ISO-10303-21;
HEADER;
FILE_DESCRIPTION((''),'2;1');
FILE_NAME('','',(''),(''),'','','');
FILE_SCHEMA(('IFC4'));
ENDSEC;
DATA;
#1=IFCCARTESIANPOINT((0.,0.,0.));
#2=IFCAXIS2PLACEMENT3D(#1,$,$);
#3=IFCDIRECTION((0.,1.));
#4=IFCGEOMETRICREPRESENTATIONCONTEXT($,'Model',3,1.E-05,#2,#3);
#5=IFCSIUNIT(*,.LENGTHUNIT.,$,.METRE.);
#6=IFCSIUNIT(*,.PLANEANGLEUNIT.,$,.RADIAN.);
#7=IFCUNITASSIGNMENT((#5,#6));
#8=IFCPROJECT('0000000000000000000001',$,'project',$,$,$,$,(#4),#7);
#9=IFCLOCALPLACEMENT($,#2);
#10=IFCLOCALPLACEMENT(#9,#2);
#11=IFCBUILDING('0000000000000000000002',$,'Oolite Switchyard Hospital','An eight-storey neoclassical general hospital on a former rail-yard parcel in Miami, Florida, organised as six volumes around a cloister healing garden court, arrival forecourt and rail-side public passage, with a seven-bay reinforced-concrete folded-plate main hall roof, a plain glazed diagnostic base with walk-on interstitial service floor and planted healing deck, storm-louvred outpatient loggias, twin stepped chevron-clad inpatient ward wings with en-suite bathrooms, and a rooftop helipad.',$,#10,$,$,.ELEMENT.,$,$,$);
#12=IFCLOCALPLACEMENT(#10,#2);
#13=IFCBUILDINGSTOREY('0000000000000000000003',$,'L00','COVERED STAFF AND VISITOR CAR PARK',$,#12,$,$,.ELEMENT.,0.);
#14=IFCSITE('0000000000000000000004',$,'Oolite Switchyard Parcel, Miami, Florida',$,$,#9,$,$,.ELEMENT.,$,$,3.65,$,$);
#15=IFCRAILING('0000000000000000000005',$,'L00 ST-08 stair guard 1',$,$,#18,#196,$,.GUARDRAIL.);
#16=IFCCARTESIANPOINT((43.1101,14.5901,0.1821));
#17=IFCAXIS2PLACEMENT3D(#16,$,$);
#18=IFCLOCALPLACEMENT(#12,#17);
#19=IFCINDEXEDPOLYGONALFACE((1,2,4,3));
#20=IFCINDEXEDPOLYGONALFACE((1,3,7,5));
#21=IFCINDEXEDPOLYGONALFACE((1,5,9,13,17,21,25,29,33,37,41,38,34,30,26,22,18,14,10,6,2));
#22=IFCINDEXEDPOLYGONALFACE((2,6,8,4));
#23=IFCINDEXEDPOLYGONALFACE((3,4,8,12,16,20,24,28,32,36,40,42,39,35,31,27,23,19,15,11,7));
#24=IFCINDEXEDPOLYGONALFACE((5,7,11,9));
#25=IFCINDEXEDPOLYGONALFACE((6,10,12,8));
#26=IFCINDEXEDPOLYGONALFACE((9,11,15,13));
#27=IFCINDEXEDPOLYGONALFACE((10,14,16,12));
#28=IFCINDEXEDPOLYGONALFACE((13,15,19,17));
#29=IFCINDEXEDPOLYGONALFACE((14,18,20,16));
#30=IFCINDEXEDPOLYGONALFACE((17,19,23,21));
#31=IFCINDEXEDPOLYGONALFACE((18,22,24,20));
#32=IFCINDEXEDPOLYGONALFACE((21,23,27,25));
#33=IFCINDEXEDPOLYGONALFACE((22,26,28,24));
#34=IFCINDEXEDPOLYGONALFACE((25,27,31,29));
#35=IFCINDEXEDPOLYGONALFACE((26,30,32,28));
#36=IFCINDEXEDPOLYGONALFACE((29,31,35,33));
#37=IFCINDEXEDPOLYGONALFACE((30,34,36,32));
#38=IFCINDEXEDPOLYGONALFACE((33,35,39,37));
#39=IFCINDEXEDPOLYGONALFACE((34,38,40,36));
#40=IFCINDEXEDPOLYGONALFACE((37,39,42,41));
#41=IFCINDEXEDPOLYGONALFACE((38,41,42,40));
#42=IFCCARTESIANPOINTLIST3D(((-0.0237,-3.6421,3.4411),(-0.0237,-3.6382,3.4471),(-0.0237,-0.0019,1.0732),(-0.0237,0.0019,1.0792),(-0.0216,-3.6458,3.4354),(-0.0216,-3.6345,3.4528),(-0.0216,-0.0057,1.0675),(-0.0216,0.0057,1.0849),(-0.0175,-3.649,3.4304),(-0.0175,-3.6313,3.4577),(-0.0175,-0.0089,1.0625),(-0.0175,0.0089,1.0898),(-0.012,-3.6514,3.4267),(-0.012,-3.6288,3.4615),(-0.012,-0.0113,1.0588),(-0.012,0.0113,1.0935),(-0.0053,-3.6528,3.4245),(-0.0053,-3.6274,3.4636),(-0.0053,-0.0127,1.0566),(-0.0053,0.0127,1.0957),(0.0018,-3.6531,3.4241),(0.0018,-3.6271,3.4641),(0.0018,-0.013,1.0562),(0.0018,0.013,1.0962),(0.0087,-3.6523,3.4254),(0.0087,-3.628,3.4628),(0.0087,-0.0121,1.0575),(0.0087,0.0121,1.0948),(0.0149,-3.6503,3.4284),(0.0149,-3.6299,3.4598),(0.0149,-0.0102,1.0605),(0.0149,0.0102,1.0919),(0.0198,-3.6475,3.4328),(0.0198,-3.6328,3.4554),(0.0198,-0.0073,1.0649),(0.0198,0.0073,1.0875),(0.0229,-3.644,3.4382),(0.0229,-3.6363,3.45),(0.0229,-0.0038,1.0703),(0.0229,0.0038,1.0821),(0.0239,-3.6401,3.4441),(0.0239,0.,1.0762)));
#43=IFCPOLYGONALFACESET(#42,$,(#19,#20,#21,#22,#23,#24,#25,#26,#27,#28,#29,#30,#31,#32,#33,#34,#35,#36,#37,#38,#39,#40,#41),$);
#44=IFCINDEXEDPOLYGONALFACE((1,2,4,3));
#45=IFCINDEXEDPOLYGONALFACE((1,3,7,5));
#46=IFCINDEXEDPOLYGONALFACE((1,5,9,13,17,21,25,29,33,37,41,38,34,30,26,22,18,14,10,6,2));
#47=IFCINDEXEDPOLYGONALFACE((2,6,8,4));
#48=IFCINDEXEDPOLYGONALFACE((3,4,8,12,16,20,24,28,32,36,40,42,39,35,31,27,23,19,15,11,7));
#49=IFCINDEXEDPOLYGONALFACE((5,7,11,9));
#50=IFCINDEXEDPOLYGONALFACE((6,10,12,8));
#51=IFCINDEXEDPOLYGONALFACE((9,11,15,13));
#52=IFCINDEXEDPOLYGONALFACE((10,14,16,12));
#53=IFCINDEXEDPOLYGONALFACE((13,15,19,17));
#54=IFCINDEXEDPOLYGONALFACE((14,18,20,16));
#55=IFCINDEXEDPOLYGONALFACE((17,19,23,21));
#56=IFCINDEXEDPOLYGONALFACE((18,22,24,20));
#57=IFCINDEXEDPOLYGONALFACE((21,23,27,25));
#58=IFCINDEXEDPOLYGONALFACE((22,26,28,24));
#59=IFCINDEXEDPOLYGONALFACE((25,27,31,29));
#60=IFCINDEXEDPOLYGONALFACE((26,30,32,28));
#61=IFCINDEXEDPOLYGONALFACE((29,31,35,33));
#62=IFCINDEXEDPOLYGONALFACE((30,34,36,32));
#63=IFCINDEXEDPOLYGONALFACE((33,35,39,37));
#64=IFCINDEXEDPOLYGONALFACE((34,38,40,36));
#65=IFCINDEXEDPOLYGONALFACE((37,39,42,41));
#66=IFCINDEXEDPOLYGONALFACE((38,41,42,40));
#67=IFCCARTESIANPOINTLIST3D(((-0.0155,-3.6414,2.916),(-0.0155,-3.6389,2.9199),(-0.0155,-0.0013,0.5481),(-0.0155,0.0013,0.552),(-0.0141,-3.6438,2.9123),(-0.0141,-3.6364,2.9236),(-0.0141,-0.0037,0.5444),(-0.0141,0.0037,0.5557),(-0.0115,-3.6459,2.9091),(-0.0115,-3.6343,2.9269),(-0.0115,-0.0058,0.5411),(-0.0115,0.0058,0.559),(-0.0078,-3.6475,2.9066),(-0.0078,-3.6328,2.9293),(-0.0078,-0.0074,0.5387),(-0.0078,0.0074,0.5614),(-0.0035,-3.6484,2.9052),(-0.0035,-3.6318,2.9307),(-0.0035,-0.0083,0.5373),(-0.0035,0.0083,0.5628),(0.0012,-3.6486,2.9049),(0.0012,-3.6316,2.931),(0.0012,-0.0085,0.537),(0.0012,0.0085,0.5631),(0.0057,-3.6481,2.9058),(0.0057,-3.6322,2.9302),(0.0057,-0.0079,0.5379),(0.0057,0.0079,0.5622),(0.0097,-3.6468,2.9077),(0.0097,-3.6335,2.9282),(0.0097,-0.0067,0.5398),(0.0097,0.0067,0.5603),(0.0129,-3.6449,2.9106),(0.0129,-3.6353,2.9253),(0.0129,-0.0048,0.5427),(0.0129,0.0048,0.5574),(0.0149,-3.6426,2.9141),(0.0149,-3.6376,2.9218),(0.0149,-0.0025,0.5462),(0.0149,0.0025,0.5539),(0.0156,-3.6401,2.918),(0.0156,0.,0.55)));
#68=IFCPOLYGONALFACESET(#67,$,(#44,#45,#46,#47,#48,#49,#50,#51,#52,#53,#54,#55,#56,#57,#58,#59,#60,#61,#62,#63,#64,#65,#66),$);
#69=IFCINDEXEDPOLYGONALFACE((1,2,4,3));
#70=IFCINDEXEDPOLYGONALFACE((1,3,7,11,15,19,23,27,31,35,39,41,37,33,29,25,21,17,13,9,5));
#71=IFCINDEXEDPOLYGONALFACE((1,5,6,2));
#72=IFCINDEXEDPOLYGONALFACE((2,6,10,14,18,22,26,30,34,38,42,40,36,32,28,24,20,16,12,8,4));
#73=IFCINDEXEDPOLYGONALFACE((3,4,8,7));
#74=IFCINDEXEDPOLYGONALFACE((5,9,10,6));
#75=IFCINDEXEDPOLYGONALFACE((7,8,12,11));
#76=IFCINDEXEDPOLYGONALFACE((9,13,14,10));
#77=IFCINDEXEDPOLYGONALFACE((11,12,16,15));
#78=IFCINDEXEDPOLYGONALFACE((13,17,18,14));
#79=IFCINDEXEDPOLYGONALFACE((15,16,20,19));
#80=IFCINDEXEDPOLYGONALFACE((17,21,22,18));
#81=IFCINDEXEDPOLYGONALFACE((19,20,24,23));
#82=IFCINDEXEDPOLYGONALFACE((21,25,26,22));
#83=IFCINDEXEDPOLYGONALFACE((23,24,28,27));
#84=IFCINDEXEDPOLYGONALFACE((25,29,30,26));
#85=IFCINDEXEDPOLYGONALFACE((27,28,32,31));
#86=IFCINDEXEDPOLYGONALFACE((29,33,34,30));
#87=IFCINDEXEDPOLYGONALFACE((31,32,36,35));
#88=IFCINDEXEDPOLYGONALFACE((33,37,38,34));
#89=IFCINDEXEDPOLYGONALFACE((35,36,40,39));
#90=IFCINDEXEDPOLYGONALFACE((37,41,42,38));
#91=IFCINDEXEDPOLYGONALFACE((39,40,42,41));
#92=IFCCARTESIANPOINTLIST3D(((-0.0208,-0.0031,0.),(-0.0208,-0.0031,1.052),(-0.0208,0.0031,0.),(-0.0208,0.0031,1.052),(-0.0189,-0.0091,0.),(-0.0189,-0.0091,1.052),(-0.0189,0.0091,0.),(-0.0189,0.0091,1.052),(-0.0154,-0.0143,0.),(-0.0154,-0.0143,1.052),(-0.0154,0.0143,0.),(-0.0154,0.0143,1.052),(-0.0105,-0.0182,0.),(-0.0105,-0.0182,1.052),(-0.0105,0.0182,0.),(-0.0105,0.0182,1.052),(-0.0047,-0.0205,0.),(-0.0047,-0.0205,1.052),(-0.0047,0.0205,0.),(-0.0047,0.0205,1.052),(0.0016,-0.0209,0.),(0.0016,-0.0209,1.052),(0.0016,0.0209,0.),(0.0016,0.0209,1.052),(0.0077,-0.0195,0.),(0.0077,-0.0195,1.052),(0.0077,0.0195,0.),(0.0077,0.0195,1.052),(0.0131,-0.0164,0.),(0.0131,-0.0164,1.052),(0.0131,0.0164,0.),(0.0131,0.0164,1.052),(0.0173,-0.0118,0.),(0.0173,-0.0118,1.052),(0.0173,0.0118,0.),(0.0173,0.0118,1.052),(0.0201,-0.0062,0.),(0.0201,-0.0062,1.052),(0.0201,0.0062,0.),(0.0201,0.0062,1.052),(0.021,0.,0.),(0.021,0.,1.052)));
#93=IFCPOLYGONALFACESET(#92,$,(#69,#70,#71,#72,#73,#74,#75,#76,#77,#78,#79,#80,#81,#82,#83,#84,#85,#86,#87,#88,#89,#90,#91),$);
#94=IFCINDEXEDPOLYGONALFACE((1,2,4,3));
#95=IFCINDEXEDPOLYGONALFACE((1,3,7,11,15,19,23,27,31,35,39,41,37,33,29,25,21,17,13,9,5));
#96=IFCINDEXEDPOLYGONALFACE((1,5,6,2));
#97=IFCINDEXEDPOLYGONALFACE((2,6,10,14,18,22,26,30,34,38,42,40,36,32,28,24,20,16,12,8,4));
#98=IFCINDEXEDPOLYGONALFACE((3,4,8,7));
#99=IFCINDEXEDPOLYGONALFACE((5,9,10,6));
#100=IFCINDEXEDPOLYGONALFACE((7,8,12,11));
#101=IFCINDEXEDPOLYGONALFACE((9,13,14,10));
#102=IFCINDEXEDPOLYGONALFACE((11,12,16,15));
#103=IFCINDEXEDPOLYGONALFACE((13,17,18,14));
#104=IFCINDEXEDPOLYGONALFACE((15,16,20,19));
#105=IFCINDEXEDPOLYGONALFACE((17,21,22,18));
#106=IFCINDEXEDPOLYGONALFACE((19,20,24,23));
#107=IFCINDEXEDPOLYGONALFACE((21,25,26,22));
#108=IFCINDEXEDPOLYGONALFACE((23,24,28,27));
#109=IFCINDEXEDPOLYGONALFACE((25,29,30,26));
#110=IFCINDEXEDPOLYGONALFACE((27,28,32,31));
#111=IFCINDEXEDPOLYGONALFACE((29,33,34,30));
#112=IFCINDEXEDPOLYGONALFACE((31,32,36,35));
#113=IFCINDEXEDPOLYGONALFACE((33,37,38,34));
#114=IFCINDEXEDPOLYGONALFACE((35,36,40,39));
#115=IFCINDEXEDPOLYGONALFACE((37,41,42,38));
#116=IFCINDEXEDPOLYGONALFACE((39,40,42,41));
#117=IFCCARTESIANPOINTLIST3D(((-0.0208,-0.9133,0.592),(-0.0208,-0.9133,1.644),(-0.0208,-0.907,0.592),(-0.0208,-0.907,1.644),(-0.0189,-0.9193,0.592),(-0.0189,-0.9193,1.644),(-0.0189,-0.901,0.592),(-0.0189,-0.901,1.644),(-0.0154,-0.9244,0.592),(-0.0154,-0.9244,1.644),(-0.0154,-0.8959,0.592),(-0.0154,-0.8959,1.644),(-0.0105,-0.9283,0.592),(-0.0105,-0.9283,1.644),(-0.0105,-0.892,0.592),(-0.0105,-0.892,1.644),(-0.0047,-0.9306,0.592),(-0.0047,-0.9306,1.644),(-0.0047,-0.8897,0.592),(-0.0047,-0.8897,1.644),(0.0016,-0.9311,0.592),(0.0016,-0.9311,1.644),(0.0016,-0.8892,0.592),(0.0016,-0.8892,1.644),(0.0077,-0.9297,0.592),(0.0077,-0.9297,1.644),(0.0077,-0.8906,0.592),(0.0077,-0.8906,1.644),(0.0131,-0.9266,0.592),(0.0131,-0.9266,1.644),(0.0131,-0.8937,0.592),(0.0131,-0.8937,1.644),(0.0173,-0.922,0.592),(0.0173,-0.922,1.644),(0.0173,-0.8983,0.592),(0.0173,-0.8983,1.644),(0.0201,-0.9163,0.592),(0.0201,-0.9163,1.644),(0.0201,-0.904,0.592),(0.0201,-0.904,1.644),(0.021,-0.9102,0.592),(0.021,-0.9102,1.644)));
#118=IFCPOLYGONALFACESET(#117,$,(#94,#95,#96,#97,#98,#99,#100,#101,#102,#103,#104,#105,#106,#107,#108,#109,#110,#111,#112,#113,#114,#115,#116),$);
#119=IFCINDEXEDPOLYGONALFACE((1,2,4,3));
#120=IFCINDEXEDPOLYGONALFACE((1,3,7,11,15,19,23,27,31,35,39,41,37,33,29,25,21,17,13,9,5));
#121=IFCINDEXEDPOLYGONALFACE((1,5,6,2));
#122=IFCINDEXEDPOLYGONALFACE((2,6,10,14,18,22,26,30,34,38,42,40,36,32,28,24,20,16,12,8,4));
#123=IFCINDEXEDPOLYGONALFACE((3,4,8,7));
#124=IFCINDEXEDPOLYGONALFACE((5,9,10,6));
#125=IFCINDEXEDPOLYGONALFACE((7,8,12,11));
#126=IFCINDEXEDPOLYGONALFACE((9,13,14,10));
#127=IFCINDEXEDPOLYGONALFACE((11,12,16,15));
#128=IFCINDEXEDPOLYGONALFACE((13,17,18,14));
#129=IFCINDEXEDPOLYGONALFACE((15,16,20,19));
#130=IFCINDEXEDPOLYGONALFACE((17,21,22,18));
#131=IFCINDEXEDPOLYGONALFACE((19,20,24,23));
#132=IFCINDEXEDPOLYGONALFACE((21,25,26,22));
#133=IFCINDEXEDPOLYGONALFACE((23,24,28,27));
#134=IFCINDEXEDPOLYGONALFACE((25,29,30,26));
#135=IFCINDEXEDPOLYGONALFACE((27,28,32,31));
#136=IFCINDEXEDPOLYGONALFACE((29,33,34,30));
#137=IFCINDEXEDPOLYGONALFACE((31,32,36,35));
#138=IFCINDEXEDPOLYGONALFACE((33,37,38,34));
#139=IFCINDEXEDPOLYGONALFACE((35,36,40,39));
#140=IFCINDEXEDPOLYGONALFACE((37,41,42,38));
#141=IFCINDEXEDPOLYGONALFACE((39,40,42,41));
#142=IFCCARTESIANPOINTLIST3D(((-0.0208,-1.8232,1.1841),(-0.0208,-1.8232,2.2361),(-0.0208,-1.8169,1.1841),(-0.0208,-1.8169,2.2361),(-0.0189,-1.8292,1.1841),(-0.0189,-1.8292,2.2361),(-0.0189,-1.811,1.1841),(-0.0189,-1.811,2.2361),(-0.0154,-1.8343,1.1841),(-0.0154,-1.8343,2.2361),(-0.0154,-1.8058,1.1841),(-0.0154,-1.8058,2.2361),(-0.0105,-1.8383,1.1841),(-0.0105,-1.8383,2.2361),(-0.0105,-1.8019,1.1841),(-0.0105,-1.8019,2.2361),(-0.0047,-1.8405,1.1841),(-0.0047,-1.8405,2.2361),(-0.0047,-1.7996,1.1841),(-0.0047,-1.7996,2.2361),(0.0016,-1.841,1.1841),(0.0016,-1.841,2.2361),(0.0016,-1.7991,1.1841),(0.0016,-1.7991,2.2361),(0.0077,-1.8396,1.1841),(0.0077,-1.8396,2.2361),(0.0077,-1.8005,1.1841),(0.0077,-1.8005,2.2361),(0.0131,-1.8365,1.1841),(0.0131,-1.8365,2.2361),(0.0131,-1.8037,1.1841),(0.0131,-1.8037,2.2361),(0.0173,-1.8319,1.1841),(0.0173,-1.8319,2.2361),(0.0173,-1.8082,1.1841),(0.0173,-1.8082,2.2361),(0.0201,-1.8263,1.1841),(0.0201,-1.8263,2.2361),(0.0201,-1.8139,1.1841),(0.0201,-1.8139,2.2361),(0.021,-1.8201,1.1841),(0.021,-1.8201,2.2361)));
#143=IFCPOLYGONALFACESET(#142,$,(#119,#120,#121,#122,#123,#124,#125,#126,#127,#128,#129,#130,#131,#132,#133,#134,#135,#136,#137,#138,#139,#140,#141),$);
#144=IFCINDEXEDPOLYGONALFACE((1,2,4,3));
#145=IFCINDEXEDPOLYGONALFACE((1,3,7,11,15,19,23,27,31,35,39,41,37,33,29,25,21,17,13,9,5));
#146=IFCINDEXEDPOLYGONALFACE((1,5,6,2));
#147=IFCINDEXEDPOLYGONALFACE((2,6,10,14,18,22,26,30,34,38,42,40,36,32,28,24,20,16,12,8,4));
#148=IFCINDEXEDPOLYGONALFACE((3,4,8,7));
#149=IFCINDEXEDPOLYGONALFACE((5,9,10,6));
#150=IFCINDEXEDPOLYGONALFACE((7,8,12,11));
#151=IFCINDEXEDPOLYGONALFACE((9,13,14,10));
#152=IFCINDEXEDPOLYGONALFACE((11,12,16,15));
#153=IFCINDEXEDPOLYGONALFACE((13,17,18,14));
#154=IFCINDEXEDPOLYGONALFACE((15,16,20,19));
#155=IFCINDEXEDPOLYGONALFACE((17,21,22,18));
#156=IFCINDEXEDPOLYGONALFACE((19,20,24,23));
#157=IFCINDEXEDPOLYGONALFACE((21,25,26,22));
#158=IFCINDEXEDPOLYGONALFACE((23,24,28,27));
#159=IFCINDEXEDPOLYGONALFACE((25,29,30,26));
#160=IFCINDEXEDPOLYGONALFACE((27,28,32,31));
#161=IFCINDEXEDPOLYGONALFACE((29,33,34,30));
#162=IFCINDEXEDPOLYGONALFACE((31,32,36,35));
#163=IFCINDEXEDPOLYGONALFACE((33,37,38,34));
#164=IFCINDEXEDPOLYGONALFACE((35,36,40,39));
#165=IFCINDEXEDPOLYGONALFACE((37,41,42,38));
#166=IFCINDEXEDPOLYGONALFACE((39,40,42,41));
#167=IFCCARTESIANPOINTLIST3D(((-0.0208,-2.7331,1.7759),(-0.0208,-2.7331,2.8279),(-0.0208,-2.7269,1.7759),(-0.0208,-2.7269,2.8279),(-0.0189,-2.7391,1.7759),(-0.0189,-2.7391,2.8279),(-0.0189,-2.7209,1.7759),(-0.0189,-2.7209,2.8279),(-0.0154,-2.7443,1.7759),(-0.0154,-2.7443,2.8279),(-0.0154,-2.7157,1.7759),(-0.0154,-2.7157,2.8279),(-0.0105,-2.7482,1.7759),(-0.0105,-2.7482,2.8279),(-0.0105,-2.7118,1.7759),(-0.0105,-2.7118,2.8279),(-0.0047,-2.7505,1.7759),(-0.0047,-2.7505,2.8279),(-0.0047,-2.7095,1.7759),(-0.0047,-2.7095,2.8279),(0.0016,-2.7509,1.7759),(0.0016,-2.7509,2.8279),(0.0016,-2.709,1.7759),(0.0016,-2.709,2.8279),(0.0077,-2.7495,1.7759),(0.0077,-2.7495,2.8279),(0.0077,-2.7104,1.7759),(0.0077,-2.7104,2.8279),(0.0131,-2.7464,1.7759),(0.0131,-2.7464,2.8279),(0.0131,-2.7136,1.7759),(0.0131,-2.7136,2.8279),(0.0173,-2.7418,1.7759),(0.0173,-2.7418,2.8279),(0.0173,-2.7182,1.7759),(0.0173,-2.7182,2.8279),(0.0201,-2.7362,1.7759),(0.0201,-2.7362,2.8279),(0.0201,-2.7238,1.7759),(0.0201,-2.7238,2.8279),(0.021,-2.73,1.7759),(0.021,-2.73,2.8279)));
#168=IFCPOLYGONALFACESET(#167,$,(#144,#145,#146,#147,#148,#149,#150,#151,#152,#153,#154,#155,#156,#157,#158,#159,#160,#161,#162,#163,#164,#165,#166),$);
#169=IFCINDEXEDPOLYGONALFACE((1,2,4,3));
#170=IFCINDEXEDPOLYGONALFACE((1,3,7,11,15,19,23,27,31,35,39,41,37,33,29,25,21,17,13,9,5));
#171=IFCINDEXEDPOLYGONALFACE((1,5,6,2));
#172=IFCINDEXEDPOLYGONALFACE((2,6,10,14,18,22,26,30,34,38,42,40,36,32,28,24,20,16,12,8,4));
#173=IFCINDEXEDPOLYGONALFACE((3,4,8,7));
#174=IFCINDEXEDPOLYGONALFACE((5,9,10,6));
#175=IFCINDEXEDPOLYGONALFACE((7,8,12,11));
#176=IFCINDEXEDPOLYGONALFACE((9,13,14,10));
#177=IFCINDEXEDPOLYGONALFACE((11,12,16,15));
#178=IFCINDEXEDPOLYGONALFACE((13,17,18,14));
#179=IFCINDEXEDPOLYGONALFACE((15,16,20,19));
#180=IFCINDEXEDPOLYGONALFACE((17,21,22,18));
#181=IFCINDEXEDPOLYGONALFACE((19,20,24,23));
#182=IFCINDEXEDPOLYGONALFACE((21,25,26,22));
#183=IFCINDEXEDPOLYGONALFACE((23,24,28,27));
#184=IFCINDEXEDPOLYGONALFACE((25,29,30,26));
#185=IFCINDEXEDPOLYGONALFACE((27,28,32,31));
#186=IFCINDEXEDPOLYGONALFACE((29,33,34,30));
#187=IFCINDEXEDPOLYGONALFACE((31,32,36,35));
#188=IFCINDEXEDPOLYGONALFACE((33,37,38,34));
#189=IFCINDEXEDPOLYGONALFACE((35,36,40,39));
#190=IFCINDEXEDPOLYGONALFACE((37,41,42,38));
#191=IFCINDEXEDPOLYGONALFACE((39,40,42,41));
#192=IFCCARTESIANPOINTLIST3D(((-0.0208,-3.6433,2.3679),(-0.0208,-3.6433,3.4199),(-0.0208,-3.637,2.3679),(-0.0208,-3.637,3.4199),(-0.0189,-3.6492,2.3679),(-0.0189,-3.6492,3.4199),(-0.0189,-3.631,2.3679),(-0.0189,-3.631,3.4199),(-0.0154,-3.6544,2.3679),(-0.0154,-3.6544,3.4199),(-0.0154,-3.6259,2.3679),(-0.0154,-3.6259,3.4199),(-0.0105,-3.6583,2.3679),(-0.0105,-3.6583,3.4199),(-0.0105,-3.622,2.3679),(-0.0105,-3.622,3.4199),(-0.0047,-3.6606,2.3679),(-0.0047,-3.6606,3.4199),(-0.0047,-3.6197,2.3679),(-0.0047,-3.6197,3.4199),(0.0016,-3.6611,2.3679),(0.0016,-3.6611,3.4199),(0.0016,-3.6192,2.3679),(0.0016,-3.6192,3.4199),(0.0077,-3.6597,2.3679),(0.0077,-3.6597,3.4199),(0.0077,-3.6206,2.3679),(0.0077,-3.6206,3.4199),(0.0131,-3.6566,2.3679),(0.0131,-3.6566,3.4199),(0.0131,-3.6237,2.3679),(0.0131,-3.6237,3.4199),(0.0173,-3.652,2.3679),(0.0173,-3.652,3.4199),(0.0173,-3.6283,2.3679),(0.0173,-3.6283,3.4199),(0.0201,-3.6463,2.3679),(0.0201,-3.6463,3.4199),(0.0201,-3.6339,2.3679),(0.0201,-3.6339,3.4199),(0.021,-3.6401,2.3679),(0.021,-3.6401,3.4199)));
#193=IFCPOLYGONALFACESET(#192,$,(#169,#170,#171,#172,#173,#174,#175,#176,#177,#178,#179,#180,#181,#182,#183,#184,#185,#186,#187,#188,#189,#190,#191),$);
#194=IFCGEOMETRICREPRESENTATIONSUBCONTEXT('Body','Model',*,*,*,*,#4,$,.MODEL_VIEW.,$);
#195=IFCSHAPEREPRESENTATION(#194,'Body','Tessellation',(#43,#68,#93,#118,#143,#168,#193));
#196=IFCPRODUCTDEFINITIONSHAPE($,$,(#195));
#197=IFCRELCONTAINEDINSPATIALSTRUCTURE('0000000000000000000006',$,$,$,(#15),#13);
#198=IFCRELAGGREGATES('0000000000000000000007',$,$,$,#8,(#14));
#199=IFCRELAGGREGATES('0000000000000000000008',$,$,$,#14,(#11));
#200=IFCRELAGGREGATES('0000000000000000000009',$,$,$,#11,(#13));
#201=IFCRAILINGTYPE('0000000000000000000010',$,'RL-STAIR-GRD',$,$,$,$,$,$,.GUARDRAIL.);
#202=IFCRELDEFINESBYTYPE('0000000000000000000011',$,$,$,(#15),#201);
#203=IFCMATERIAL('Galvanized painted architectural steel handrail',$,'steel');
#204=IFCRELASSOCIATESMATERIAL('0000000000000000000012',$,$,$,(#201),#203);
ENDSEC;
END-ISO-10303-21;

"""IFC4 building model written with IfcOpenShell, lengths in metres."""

from ifc_helpers import new_model, si_unit, direction, frame, origin, origin_2d, place, context, subcontext, project, spatial, circle, extrude, material, type_object, element, save


model = new_model("IFC4")

# Units and contexts
model_context = context("Model", 3, precision=1e-05, world=origin(), true_north=direction((0.0, 1.0)))
body_context = subcontext(model_context, "Body", "Model", "MODEL_VIEW")
ifc_project = project(units=[si_unit("LENGTHUNIT", "METRE"), si_unit("PLANEANGLEUNIT", "RADIAN")], contexts=[model_context])

# Site, building, storey
site_placement = place(None, origin())
site = spatial("IfcSite", under=ifc_project, at=site_placement, Name="Oolite Switchyard Parcel, Miami, Florida", CompositionType="ELEMENT", RefElevation=3.65)
building_placement = place(site_placement, origin())
building = spatial("IfcBuilding", under=site, at=building_placement, Name="Oolite Switchyard Hospital", Description="An eight-storey neoclassical general hospital on a former rail-yard parcel in Miami, Florida, organised as six volumes around a cloister healing garden court, arrival forecourt and rail-side public passage, with a seven-bay reinforced-concrete folded-plate main hall roof, a plain glazed diagnostic base with walk-on interstitial service floor and planted healing deck, storm-louvred outpatient loggias, twin stepped chevron-clad inpatient ward wings with en-suite bathrooms, and a rooftop helipad.", CompositionType="ELEMENT")
storey_placement = place(building_placement, origin())
storey = spatial("IfcBuildingStorey", under=building, at=storey_placement, Name="L00", Description="COVERED STAFF AND VISITOR CAR PARK", CompositionType="ELEMENT", Elevation=0.0)

# Railing
ifc_material_1 = material(Name="Galvanized painted architectural steel handrail", Category="steel")
railing_type_1 = type_object("IfcRailingType", Name="RL-STAIR-GRD", PredefinedType="GUARDRAIL", material=ifc_material_1)
railing_1_placement = place(storey_placement, frame((43.1101, 14.5901, 0.1821)))
element("IfcRailing", 1, at=railing_1_placement, inside=storey, type_object=railing_type_1, Name="L00 ST-08 stair guard 1", PredefinedType="GUARDRAIL", context=body_context, shape_type="SweptSolid", body=[
    extrude(circle(Radius=0.0239, at=origin_2d()), frame((0.0, 0.0, 1.0762), z_axis=(0.0, -0.838251, 0.545285), x_axis=(1.0, 0.0, 0.0)), (0.0, 0.0, 1.0), 4.3425),
    extrude(circle(Radius=0.0156, at=origin_2d()), frame((0.0, 0.0, 0.55), z_axis=(0.0, -0.838251, 0.545285), x_axis=(1.0, 0.0, 0.0)), (0.0, 0.0, 1.0), 4.3425),
    extrude(circle(Radius=0.021, at=origin_2d()), origin(), (0.0, 0.0, 1.0), 1.052),
    extrude(circle(Radius=0.021, at=origin_2d()), frame((0.0, -0.9102, 0.592)), (0.0, 0.0, 1.0), 1.052),
    extrude(circle(Radius=0.021, at=origin_2d()), frame((0.0, -1.8201, 1.1841)), (0.0, 0.0, 1.0), 1.052),
    extrude(circle(Radius=0.021, at=origin_2d()), frame((0.0, -2.73, 1.7759)), (0.0, 0.0, 1.0), 1.052),
    extrude(circle(Radius=0.021, at=origin_2d()), frame((0.0, -3.6401, 2.3679)), (0.0, 0.0, 1.0), 1.052),
])

save(model, "model.ifc")
